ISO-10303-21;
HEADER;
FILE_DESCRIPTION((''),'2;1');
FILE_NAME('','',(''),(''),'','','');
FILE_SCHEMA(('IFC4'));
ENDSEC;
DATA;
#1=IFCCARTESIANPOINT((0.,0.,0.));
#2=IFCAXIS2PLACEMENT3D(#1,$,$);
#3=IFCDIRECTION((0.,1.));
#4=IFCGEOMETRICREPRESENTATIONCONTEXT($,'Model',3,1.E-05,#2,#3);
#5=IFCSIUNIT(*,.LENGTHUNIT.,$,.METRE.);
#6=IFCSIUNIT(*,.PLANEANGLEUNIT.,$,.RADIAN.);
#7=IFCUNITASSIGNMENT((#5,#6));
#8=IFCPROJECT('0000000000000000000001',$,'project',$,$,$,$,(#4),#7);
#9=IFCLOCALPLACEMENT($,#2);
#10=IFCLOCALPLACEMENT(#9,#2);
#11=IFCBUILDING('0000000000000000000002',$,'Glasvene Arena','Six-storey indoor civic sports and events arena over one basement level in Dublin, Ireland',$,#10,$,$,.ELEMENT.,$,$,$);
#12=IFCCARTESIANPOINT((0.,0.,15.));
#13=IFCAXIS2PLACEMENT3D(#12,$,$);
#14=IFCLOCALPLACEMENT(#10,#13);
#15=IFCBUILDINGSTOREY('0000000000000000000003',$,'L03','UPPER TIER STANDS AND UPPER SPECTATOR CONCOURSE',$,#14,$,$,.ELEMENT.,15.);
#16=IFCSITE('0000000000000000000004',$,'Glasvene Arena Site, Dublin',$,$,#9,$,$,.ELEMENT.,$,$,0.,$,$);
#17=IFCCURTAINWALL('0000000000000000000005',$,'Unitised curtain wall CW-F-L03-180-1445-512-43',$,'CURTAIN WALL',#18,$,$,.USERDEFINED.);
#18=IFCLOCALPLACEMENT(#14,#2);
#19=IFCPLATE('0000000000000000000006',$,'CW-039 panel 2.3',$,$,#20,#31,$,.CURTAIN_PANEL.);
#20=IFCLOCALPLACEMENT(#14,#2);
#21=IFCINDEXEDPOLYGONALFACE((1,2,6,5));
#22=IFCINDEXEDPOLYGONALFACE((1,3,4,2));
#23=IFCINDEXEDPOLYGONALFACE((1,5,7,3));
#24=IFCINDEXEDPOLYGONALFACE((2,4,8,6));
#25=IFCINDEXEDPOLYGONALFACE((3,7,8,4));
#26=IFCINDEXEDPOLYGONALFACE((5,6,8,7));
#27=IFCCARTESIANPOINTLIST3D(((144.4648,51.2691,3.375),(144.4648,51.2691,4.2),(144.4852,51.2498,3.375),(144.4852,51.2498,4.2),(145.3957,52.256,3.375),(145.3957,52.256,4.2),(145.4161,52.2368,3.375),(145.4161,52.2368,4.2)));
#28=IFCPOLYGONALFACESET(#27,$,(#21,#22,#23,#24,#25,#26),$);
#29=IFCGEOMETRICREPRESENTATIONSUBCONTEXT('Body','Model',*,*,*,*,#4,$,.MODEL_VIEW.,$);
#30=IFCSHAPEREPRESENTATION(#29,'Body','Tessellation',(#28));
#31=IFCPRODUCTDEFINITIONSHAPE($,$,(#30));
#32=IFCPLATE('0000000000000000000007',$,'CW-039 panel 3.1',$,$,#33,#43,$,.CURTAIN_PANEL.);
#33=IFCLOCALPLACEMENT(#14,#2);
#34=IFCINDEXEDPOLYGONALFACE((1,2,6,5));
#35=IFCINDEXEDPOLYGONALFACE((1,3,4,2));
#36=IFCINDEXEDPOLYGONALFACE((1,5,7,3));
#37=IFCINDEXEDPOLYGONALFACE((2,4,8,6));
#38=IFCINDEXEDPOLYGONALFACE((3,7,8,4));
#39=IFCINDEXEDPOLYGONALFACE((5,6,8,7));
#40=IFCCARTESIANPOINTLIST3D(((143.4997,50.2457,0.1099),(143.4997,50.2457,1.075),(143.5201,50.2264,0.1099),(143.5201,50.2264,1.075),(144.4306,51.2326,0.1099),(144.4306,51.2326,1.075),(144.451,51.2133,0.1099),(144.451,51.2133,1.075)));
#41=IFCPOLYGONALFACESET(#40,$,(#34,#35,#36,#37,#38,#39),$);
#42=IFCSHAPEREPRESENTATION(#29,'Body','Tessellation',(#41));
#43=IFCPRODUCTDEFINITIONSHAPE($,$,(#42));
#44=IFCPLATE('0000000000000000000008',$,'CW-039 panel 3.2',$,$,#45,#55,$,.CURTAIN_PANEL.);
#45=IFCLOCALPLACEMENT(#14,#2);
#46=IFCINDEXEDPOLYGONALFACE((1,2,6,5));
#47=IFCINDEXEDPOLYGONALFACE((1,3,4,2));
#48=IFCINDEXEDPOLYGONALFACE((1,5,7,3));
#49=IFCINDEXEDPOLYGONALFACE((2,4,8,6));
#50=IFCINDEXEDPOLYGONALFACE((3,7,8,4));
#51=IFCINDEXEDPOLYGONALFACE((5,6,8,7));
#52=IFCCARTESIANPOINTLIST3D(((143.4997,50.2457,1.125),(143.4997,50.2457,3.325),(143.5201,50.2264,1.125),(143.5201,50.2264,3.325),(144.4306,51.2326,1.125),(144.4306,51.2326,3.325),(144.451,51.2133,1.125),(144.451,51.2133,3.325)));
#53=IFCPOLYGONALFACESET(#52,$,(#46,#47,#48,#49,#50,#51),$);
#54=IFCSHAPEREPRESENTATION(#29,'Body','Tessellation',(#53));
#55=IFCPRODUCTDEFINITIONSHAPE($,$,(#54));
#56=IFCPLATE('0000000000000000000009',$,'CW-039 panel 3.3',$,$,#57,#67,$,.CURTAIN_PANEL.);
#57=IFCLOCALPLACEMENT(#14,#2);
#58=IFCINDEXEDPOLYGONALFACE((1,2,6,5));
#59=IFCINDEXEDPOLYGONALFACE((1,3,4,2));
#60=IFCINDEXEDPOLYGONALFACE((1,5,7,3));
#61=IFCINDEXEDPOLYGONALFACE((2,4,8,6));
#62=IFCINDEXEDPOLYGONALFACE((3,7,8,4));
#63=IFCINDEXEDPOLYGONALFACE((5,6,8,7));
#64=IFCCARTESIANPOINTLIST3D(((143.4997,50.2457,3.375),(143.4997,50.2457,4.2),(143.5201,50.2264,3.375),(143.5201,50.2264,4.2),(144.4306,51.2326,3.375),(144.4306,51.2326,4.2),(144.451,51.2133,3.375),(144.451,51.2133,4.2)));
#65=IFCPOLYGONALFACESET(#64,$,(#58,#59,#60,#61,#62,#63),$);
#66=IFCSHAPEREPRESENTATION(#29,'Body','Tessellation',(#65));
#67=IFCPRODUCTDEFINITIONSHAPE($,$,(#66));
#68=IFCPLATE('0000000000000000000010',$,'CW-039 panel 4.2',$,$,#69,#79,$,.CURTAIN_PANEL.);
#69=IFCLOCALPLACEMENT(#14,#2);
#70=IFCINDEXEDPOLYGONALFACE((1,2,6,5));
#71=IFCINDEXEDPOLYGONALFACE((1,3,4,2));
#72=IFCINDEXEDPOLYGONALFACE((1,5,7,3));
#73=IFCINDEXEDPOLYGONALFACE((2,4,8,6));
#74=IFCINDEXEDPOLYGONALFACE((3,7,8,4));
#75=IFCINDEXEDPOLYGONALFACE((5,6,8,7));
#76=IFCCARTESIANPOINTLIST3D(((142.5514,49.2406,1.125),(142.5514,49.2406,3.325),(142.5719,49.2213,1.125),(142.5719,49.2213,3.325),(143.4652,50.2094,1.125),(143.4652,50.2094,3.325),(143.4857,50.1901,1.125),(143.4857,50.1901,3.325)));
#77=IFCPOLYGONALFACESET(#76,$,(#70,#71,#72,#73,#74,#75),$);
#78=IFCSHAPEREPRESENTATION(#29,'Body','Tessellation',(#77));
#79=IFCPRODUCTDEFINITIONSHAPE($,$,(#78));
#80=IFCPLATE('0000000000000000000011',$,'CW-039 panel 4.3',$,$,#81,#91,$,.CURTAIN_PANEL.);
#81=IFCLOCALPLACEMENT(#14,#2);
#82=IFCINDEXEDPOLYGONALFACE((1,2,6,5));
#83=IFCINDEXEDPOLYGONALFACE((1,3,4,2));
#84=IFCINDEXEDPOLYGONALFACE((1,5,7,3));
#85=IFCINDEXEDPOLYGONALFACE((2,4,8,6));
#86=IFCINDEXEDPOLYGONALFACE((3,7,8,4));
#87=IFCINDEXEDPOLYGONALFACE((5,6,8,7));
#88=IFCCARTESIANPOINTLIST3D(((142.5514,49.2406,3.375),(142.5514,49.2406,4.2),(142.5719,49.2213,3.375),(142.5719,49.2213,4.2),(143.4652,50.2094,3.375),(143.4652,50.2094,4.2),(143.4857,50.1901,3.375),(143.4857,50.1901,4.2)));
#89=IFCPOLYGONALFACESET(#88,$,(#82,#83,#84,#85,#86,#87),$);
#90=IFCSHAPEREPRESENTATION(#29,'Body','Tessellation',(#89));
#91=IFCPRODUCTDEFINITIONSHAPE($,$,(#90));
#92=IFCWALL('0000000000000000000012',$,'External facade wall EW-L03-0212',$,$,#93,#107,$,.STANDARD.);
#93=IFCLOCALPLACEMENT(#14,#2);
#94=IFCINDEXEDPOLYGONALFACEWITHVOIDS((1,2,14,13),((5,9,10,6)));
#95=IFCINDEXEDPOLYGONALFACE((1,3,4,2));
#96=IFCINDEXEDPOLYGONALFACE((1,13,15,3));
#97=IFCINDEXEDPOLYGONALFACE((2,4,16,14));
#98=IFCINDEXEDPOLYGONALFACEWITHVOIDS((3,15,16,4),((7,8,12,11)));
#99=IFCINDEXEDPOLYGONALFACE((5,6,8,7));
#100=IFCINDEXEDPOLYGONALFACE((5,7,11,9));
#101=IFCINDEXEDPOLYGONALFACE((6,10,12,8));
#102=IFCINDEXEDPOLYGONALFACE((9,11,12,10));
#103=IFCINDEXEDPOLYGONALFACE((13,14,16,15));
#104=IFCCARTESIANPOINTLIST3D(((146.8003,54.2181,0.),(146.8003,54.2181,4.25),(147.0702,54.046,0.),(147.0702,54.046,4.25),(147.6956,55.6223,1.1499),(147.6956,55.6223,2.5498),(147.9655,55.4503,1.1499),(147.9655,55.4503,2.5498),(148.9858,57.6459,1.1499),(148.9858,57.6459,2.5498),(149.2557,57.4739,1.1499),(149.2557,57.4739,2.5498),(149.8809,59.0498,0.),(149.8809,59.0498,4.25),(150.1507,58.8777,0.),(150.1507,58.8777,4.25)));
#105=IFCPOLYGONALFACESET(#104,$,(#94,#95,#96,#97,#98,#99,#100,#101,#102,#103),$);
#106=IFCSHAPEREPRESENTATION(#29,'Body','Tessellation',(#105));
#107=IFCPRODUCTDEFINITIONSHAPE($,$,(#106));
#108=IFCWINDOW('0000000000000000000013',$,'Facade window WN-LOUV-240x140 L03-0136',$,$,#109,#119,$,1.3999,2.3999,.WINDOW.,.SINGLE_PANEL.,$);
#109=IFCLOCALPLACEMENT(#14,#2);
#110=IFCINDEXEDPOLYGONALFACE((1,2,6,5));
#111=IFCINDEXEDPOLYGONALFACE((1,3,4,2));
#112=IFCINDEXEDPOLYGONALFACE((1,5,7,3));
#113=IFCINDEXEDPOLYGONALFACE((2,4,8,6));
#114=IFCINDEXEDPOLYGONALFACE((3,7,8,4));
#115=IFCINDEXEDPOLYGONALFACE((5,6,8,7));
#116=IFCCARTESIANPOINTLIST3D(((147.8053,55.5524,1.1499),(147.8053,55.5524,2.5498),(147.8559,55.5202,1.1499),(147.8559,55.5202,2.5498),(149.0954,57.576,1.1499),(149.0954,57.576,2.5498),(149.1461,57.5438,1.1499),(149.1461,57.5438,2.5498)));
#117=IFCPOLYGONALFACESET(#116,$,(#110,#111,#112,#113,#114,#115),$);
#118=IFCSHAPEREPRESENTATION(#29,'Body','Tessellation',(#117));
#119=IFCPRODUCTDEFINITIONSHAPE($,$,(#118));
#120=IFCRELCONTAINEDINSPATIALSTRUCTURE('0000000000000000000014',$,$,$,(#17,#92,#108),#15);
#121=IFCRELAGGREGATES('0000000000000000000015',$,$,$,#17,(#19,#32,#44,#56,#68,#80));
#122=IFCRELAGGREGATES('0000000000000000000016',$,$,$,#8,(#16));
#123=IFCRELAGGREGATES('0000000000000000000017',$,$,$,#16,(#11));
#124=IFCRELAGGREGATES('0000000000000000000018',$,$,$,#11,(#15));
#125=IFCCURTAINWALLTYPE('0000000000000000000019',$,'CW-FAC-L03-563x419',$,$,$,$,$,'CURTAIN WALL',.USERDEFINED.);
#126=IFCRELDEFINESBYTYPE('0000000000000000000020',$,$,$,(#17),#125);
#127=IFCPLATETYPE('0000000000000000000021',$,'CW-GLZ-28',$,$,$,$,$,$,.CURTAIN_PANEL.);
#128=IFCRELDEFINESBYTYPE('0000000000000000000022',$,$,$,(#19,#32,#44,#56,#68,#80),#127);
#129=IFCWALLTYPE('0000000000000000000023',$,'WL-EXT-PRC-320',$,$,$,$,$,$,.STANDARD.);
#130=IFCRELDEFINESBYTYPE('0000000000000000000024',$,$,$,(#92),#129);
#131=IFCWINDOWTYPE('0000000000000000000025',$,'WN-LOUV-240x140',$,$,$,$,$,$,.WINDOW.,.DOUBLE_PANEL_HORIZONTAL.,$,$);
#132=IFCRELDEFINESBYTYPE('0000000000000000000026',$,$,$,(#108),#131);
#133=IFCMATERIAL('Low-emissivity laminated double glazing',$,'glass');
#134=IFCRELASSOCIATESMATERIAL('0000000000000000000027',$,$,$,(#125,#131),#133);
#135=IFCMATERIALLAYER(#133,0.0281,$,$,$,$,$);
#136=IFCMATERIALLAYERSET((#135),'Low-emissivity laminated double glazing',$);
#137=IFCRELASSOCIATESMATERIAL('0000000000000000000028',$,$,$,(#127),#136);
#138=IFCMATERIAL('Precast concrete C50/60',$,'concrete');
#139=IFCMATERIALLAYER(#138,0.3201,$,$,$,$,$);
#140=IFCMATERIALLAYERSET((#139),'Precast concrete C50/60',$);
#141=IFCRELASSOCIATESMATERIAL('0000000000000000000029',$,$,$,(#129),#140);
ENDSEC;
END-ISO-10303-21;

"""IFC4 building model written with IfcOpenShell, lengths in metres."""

from ifc_helpers import new_model, si_unit, direction, frame, frame_2d, origin, origin_2d, place, context, subcontext, project, spatial, rectangle, extrude, material, layer, layer_set, type_object, element, fill, aggregate, save


model = new_model("IFC4")

# Units and contexts
model_context = context("Model", 3, precision=1e-05, world=origin(), true_north=direction((0.0, 1.0)))
body_context = subcontext(model_context, "Body", "Model", "MODEL_VIEW")
ifc_project = project(units=[si_unit("LENGTHUNIT", "METRE"), si_unit("PLANEANGLEUNIT", "RADIAN")], contexts=[model_context])

# Site, building, storey
site_placement = place(None, origin())
site = spatial("IfcSite", under=ifc_project, at=site_placement, Name="Glasvene Arena Site, Dublin", CompositionType="ELEMENT", RefElevation=0.0)
building_placement = place(site_placement, origin())
building = spatial("IfcBuilding", under=site, at=building_placement, Name="Glasvene Arena", Description="Six-storey indoor civic sports and events arena over one basement level in Dublin, Ireland", CompositionType="ELEMENT")
storey_placement = place(building_placement, frame((0.0, 0.0, 15.0)))
storey = spatial("IfcBuildingStorey", under=building, at=storey_placement, Name="L03", Description="UPPER TIER STANDS AND UPPER SPECTATOR CONCOURSE", CompositionType="ELEMENT", Elevation=15.0)

# Curtain wall, plates
ifc_material_1 = material(Name="Low-emissivity laminated double glazing", Category="glass")
curtain_wall_type = type_object("IfcCurtainWallType", Name="CW-FAC-L03-563x419", ElementType="CURTAIN WALL", PredefinedType="USERDEFINED", material=ifc_material_1)
curtain_wall_placement = place(storey_placement, frame((146.3884, 53.2881, 0.0)))
curtain_wall = element("IfcCurtainWall", 1, at=curtain_wall_placement, inside=storey, type_object=curtain_wall_type, Name="Unitised curtain wall CW-F-L03-180-1445-512-43", ObjectType="CURTAIN WALL", PredefinedType="USERDEFINED")
ifc_layer_1 = layer(ifc_material_1, 0.0281)
ifc_layer_set_1 = layer_set([ifc_layer_1], Name="Low-emissivity laminated double glazing")
plate_type = type_object("IfcPlateType", Name="CW-GLZ-28", PredefinedType="CURTAIN_PANEL", material=ifc_layer_set_1)
plate_1_placement = place(storey_placement, frame((144.9404, 51.7529, 3.375), z_axis=(0.0, 0.0, 1.0), x_axis=(-0.686146, -0.727464, 0.0)))
plate_1 = element("IfcPlate", 2, at=plate_1_placement, type_object=plate_type, Name="CW-039 panel 2.3", PredefinedType="CURTAIN_PANEL", context=body_context, shape_type="SweptSolid", body=[
    extrude(rectangle(XDim=1.3567, YDim=0.0281, at=origin_2d()), origin(), (0.0, 0.0, 1.0), 0.825),
])
plate_2_placement = place(storey_placement, frame((143.9753, 50.7295, 0.1099), z_axis=(0.0, 0.0, 1.0), x_axis=(-0.686146, -0.727464, 0.0)))
plate_2 = element("IfcPlate", 3, at=plate_2_placement, type_object=plate_type, Name="CW-039 panel 3.1", PredefinedType="CURTAIN_PANEL", context=body_context, shape_type="SweptSolid", body=[
    extrude(rectangle(XDim=1.3567, YDim=0.0281, at=origin_2d()), origin(), (0.0, 0.0, 1.0), 0.9651),
])
plate_3_placement = place(storey_placement, frame((143.9753, 50.7295, 1.125), z_axis=(0.0, 0.0, 1.0), x_axis=(-0.686146, -0.727464, 0.0)))
plate_3 = element("IfcPlate", 4, at=plate_3_placement, type_object=plate_type, Name="CW-039 panel 3.2", PredefinedType="CURTAIN_PANEL", context=body_context, shape_type="SweptSolid", body=[
    extrude(rectangle(XDim=1.3567, YDim=0.0281, at=origin_2d()), origin(), (0.0, 0.0, 1.0), 2.2),
])
plate_4_placement = place(storey_placement, frame((143.9753, 50.7295, 3.375), z_axis=(0.0, 0.0, 1.0), x_axis=(-0.686146, -0.727464, 0.0)))
plate_4 = element("IfcPlate", 5, at=plate_4_placement, type_object=plate_type, Name="CW-039 panel 3.3", PredefinedType="CURTAIN_PANEL", context=body_context, shape_type="SweptSolid", body=[
    extrude(rectangle(XDim=1.3567, YDim=0.0281, at=origin_2d()), origin(), (0.0, 0.0, 1.0), 0.825),
])
plate_5_placement = place(storey_placement, frame((143.0186, 49.7153, 1.125), z_axis=(0.0, 0.0, 1.0), x_axis=(-0.686146, -0.727464, 0.0)))
plate_5 = element("IfcPlate", 6, at=plate_5_placement, type_object=plate_type, Name="CW-039 panel 4.2", PredefinedType="CURTAIN_PANEL", context=body_context, shape_type="SweptSolid", body=[
    extrude(rectangle(XDim=1.3318, YDim=0.0281, at=origin_2d()), origin(), (0.0, 0.0, 1.0), 2.2),
])
plate_6_placement = place(storey_placement, frame((143.0186, 49.7153, 3.375), z_axis=(0.0, 0.0, 1.0), x_axis=(-0.686146, -0.727464, 0.0)))
plate_6 = element("IfcPlate", 7, at=plate_6_placement, type_object=plate_type, Name="CW-039 panel 4.3", PredefinedType="CURTAIN_PANEL", context=body_context, shape_type="SweptSolid", body=[
    extrude(rectangle(XDim=1.3318, YDim=0.0281, at=origin_2d()), origin(), (0.0, 0.0, 1.0), 0.825),
])
aggregate(curtain_wall, [plate_1, plate_2, plate_3, plate_4, plate_5, plate_6])

# Wall, opening, window
ifc_material_2 = material(Name="Precast concrete C50/60", Category="concrete")
ifc_layer_2 = layer(ifc_material_2, 0.3201)
ifc_layer_set_2 = layer_set([ifc_layer_2], Name="Precast concrete C50/60")
wall_type = type_object("IfcWallType", Name="WL-EXT-PRC-320", PredefinedType="STANDARD", material=ifc_layer_set_2)
wall_placement = place(storey_placement, frame((150.0159, 58.9639, 0.0), z_axis=(0.0, 0.0, 1.0), x_axis=(-0.537595, -0.843203, 0.0)))
wall = element("IfcWall", 8, at=wall_placement, inside=storey, type_object=wall_type, Name="External facade wall EW-L03-0212", PredefinedType="STANDARD", context=body_context, shape_type="SweptSolid", body=[
    extrude(rectangle(XDim=5.7302, YDim=0.3201, at=frame_2d((2.8652, 0.0))), origin(), (0.0, 0.0, 1.0), 4.25),
])
opening_placement = place(wall_placement, frame((1.665, 0.0, 1.1499)))
opening = element("IfcOpeningElement", 9, at=opening_placement, cuts=wall, PredefinedType="OPENING", context=body_context, shape_type="SweptSolid", body=[
    extrude(rectangle(XDim=2.3999, YDim=1.3999, at=frame_2d((1.2, 0.7))), frame((0.0, 0.1699, 0.0), z_axis=(0.0, -1.0, 0.0), x_axis=(1.0, 0.0, 0.0)), (0.0, 0.0, 1.0), 0.3401),
])
window_type = type_object("IfcWindowType", Name="WN-LOUV-240x140", PartitioningType="DOUBLE_PANEL_HORIZONTAL", PredefinedType="WINDOW", material=ifc_material_1)
window_placement = place(opening_placement, origin())
window = element("IfcWindow", 10, at=window_placement, inside=storey, type_object=window_type, Name="Facade window WN-LOUV-240x140 L03-0136", OverallHeight=1.3999, OverallWidth=2.3999, PartitioningType="SINGLE_PANEL", PredefinedType="WINDOW", context=body_context, shape_type="SweptSolid", body=[
    extrude(rectangle(XDim=2.3999, YDim=1.3999, at=frame_2d((1.2, 0.7))), frame((0.0, 0.03, 0.0), z_axis=(0.0, -1.0, 0.0), x_axis=(1.0, 0.0, 0.0)), (0.0, 0.0, 1.0), 0.0601),
])
fill(opening, window)

save(model, "model.ifc")
